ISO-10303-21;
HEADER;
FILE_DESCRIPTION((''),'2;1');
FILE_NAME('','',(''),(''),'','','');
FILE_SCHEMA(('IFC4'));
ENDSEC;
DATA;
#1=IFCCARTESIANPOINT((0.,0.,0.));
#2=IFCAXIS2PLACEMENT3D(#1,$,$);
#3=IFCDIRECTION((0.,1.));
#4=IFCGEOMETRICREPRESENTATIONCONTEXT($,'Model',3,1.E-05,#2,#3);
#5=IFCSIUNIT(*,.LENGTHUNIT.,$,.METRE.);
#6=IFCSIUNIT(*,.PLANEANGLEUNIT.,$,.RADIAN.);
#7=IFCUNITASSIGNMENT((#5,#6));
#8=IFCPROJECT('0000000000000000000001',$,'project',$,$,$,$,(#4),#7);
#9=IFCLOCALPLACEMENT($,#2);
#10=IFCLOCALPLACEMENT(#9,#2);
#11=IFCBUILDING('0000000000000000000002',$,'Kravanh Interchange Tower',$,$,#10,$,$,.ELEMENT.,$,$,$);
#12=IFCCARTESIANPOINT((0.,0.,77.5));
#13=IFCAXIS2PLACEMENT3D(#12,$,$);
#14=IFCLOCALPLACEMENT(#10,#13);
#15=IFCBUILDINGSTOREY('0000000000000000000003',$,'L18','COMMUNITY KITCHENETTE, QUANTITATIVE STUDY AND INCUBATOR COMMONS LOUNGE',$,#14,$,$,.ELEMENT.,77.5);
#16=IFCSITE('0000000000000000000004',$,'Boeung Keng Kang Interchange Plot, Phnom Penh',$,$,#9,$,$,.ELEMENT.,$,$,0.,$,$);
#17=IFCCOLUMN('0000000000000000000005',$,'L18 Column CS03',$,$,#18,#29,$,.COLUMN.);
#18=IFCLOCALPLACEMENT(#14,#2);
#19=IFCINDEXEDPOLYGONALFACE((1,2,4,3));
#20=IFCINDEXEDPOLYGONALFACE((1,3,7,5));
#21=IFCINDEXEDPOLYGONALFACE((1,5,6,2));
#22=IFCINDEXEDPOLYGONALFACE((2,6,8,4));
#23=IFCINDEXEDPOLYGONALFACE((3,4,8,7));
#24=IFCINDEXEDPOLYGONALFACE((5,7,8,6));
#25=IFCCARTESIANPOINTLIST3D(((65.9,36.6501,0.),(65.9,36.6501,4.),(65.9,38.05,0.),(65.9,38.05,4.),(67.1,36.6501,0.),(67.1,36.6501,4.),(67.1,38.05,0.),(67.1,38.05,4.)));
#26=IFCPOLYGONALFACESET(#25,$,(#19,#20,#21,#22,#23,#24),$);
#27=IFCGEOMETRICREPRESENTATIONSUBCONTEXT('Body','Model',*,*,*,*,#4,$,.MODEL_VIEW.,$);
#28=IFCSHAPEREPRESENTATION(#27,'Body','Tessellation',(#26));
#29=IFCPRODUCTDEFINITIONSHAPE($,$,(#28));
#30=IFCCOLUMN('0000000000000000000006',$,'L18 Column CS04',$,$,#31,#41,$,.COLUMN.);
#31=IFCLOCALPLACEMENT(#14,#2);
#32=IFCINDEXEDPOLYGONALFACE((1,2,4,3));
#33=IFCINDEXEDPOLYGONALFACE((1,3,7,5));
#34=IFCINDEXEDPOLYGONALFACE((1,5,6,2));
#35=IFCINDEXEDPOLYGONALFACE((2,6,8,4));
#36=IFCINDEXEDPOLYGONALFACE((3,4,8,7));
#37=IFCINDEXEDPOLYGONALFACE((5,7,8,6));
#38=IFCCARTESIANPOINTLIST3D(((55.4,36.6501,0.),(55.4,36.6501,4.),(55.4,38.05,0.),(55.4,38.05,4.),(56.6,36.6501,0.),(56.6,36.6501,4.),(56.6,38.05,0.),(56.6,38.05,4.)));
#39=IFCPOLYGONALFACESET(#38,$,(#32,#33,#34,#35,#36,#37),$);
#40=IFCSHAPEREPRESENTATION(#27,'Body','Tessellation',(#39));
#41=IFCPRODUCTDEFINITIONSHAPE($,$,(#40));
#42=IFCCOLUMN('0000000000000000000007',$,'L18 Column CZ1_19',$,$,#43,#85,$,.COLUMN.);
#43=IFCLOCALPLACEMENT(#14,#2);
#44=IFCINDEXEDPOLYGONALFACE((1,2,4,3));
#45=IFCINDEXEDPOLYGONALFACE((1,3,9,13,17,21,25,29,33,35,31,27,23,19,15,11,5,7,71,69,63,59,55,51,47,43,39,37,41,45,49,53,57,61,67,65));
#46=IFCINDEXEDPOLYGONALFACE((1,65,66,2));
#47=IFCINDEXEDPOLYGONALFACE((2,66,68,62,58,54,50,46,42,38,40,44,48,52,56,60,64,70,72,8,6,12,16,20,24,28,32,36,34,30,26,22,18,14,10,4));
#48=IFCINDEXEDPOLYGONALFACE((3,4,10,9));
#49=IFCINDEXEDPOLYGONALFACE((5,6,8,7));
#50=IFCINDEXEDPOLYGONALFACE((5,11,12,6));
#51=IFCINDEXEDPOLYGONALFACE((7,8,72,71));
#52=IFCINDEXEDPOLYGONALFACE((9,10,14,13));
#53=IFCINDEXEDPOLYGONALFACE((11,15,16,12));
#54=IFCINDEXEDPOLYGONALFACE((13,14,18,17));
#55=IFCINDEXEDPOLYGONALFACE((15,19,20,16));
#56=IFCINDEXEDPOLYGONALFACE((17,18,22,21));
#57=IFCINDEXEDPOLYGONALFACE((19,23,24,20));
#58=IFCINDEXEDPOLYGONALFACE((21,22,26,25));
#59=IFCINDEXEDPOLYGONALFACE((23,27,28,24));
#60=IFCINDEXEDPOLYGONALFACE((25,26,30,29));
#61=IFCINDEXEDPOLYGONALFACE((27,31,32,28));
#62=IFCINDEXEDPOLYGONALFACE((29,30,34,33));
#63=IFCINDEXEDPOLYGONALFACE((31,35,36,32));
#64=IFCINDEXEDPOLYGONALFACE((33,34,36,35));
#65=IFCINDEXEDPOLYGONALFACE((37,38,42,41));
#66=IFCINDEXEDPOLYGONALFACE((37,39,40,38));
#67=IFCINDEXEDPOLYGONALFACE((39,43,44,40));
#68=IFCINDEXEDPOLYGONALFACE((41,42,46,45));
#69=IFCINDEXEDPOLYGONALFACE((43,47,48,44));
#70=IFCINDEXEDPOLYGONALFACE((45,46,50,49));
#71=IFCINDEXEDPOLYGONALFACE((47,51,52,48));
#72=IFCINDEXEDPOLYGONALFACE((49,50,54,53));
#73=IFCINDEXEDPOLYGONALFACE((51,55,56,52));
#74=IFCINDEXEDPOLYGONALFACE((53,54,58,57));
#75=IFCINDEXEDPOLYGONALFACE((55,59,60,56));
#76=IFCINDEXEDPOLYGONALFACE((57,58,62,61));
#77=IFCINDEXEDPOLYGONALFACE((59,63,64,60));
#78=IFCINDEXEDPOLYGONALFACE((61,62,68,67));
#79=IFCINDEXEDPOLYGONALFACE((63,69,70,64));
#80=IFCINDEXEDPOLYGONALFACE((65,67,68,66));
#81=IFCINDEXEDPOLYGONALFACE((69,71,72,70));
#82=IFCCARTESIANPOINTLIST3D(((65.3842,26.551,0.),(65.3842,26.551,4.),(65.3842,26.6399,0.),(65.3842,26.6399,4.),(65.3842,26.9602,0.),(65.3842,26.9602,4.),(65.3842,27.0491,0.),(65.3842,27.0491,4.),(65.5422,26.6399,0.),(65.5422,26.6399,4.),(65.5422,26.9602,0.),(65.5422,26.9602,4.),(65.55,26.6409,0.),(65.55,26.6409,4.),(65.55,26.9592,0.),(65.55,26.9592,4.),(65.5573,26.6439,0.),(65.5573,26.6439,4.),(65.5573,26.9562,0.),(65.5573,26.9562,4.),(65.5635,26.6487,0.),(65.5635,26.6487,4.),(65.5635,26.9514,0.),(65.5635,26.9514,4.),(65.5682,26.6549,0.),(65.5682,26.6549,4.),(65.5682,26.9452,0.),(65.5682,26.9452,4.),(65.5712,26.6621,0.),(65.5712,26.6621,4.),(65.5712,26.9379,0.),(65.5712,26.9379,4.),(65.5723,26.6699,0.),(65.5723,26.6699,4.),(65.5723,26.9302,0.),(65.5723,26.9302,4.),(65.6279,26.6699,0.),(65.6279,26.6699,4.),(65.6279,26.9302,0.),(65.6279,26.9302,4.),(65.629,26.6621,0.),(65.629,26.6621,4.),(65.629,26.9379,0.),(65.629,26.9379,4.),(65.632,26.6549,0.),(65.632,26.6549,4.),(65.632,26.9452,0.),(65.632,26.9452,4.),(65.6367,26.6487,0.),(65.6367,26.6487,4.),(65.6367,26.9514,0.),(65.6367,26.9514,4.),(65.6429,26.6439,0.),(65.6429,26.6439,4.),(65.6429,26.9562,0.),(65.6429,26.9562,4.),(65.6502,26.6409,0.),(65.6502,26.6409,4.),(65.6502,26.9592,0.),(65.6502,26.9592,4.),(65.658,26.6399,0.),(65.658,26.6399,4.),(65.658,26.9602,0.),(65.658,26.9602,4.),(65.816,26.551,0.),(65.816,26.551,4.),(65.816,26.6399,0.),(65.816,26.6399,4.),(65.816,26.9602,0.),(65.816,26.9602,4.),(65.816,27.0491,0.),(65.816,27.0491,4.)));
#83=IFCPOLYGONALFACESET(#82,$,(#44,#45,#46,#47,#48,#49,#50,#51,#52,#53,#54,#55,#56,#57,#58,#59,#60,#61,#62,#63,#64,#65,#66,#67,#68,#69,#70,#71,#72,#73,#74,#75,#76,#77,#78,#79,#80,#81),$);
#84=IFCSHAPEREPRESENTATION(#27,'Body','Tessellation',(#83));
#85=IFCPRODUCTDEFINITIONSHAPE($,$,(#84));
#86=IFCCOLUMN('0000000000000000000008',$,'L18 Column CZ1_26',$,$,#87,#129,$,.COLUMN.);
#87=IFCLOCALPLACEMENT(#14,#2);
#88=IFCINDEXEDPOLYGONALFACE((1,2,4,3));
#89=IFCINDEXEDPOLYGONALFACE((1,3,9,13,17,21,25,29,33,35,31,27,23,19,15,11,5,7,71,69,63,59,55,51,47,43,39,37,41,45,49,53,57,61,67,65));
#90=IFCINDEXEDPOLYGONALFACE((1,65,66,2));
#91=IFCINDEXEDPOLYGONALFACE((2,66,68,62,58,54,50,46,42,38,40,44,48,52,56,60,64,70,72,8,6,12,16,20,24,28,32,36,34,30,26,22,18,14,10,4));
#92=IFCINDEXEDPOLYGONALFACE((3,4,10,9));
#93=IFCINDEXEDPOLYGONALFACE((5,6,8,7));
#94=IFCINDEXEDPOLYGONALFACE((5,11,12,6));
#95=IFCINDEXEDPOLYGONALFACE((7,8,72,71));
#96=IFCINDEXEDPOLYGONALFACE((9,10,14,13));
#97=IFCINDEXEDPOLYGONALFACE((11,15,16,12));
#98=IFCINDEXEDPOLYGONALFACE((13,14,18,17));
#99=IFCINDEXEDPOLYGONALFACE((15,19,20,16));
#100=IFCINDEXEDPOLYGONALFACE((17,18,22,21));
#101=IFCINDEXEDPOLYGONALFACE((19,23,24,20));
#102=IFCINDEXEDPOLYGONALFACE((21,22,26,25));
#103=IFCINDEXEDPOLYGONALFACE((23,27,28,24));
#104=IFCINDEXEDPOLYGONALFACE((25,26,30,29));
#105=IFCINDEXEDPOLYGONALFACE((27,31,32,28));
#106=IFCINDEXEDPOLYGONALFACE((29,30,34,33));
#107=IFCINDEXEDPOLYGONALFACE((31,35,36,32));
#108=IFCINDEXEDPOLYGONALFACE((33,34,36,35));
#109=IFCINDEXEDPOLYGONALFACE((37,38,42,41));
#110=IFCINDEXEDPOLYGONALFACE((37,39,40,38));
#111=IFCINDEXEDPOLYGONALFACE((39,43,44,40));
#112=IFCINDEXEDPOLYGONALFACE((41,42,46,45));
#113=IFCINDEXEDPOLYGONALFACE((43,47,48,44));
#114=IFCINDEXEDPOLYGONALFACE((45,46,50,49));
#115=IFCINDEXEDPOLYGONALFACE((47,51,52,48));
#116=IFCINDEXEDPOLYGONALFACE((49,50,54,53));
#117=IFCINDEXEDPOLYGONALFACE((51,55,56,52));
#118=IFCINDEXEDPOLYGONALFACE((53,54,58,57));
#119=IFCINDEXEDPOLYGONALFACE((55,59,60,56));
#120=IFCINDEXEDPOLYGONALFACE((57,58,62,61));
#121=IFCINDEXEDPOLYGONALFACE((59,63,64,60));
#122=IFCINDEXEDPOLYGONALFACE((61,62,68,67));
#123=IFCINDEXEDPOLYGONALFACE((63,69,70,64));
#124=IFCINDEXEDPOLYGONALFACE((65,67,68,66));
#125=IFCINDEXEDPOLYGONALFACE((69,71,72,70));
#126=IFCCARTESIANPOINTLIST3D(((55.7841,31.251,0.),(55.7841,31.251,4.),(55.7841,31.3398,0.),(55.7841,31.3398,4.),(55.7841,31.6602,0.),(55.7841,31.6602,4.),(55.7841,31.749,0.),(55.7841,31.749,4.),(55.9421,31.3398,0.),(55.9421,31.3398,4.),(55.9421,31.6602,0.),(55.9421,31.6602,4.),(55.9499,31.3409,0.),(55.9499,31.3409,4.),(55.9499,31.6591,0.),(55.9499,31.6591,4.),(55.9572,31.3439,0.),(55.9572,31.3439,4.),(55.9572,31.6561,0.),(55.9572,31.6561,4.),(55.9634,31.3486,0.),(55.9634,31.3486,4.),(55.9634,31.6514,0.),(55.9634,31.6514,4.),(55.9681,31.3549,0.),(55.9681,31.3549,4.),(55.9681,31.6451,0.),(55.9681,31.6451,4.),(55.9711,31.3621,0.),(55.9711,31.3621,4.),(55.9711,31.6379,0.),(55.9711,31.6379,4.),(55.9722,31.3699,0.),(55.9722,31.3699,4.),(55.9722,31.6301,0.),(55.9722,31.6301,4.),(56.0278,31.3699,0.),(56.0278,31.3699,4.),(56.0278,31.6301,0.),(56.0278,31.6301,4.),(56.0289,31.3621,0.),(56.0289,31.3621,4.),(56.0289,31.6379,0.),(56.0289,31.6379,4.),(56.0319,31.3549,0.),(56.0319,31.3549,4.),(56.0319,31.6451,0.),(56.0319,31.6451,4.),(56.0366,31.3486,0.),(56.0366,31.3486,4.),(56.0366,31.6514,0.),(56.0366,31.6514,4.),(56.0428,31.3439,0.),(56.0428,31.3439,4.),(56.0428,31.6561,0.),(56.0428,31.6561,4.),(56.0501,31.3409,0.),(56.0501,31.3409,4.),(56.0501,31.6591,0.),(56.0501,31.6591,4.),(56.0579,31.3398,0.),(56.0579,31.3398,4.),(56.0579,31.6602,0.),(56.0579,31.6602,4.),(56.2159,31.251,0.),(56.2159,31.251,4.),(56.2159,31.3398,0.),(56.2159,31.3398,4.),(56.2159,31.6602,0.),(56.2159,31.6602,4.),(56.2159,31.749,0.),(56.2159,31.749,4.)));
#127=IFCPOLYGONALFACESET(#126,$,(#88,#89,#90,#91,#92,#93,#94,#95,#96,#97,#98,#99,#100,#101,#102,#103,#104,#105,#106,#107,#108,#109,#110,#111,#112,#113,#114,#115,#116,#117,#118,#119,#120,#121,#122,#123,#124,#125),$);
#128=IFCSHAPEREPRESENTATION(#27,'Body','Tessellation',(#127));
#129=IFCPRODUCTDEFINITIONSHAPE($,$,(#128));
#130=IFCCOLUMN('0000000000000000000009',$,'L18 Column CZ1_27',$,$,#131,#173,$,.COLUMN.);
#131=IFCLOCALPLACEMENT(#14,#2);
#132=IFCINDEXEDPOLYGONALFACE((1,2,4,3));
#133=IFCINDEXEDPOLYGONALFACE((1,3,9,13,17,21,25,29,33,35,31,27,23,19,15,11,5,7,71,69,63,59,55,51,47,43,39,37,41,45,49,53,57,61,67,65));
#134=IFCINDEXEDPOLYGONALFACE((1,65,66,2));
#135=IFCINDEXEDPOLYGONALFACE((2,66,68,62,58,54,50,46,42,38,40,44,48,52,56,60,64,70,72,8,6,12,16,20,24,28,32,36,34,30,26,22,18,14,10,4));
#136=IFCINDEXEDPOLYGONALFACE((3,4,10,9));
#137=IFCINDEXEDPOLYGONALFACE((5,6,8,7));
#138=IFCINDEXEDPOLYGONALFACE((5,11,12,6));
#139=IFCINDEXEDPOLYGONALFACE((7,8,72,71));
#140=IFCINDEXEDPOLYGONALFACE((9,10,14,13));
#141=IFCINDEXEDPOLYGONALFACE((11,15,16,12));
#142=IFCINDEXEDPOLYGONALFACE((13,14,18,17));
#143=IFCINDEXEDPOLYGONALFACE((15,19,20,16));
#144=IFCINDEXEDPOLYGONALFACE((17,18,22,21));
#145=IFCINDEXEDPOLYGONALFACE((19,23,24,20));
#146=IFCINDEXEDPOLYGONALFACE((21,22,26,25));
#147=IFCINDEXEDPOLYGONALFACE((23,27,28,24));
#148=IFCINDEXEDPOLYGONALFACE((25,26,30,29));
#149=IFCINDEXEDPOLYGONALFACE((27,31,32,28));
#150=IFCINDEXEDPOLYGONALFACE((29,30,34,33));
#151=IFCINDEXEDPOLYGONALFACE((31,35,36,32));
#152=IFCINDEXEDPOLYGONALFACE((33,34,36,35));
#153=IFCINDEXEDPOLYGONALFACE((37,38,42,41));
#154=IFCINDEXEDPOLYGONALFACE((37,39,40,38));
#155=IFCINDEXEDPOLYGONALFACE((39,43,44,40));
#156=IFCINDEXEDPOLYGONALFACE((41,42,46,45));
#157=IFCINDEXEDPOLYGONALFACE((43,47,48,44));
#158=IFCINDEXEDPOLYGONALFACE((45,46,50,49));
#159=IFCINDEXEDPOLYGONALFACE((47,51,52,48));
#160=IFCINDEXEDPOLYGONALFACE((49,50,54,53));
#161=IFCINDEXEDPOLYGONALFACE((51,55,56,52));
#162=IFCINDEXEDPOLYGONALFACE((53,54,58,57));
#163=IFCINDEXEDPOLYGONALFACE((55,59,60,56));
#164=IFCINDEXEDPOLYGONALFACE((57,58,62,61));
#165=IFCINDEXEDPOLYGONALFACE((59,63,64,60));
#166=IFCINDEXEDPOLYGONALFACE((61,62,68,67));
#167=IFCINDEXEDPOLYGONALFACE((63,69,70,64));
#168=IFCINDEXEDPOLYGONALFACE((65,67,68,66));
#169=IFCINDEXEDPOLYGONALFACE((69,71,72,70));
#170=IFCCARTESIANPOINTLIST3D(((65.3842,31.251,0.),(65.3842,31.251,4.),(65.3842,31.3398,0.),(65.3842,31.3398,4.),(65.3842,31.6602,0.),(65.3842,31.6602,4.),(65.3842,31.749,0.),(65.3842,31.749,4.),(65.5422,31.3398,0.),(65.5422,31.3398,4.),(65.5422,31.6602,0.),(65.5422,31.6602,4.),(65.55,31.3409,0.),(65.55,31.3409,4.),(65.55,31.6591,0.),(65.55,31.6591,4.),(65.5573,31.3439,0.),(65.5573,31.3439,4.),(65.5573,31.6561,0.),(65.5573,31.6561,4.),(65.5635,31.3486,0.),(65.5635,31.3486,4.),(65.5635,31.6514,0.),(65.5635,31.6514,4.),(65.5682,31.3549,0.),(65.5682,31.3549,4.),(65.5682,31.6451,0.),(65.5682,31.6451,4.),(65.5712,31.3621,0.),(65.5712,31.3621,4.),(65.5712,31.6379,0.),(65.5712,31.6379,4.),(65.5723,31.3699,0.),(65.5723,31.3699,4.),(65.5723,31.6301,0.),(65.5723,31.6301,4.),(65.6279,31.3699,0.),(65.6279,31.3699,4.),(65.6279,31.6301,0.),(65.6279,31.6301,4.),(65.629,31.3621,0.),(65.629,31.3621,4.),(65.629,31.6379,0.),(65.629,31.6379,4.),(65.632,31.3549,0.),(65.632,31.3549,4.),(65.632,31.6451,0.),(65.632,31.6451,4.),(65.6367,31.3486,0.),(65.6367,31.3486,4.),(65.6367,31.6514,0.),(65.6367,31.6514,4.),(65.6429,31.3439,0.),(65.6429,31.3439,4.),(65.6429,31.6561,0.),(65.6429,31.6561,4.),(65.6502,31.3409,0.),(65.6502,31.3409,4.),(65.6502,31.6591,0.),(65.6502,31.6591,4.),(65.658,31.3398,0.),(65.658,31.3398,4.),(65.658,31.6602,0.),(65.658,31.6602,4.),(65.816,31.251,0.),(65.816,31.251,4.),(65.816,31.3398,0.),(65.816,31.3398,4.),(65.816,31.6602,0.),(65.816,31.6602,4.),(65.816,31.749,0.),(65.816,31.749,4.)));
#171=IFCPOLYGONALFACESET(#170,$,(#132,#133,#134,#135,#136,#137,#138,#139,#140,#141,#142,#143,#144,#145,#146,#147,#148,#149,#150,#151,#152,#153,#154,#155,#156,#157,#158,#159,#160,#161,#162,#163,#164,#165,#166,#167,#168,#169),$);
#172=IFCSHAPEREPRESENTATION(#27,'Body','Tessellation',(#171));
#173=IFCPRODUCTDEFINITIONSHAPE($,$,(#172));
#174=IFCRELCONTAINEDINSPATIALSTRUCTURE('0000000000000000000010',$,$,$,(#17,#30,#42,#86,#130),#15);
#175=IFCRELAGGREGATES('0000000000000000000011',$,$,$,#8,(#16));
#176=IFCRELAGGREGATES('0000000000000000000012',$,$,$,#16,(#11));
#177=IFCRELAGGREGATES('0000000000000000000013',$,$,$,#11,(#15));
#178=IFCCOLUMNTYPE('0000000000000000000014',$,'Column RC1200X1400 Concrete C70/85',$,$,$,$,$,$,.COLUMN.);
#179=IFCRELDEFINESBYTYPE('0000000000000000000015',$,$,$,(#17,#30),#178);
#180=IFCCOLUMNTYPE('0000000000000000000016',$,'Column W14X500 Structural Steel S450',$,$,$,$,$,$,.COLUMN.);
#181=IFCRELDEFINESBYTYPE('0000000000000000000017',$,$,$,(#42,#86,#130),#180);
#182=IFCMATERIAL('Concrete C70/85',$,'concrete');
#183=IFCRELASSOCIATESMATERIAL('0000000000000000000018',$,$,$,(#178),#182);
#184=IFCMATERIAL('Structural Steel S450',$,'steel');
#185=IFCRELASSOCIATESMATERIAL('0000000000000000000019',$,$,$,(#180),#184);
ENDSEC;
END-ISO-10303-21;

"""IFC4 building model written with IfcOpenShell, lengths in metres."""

from ifc_helpers import new_model, si_unit, direction, frame, origin, origin_2d, place, context, subcontext, project, spatial, rectangle, i_section, extrude, material, material_profile, profile_set, type_object, element, save


model = new_model("IFC4")

# Units and contexts
model_context = context("Model", 3, precision=1e-05, world=origin(), true_north=direction((0.0, 1.0)))
body_context = subcontext(model_context, "Body", "Model", "MODEL_VIEW")
ifc_project = project(units=[si_unit("LENGTHUNIT", "METRE"), si_unit("PLANEANGLEUNIT", "RADIAN")], contexts=[model_context])

# Site, building, storey
site_placement = place(None, origin())
site = spatial("IfcSite", under=ifc_project, at=site_placement, Name="Boeung Keng Kang Interchange Plot, Phnom Penh", CompositionType="ELEMENT", RefElevation=0.0)
building_placement = place(site_placement, origin())
building = spatial("IfcBuilding", under=site, at=building_placement, Name="Kravanh Interchange Tower", CompositionType="ELEMENT")
storey_placement = place(building_placement, frame((0.0, 0.0, 77.5)))
storey = spatial("IfcBuildingStorey", under=building, at=storey_placement, Name="L18", Description="COMMUNITY KITCHENETTE, QUANTITATIVE STUDY AND INCUBATOR COMMONS LOUNGE", CompositionType="ELEMENT", Elevation=77.5)

# Columns
ifc_material_1 = material(Name="Concrete C70/85", Category="concrete")
ifc_material_profile_1 = material_profile(ifc_material_1, rectangle(XDim=1.2, YDim=1.3999, at=origin_2d()), Name="RC1200X1400")
ifc_profile_set_1 = profile_set([ifc_material_profile_1], Name="Concrete C70/85")
column_type_1 = type_object("IfcColumnType", Name="Column RC1200X1400 Concrete C70/85", PredefinedType="COLUMN", material=ifc_profile_set_1)
for number, where, z_axis, x_axis, name in (
    (1, (66.5, 37.3501, 0.0), (0.0, 0.0, 1.0), (1.0, 0.0, 0.0), "L18 Column CS03"),
    (2, (56.0, 37.3501, 0.0), (0.0, 0.0, 1.0), (1.0, 0.0, 0.0), "L18 Column CS04"),
):
    element("IfcColumn", number, at=place(storey_placement, frame(where, z_axis=z_axis, x_axis=x_axis)), inside=storey, type_object=column_type_1, Name=name, PredefinedType="COLUMN", context=body_context, shape_type="SweptSolid", body=[
        extrude(rectangle(XDim=1.2, YDim=1.3999, at=origin_2d()), origin(), (0.0, 0.0, 1.0), 4.0),
    ])
ifc_material_2 = material(Name="Structural Steel S450", Category="steel")
ifc_material_profile_2 = material_profile(ifc_material_2, i_section(OverallWidth=0.4319, OverallDepth=0.498, WebThickness=0.0557, FlangeThickness=0.0889, FilletRadius=0.03, at=origin_2d()), Name="W14X500")
ifc_profile_set_2 = profile_set([ifc_material_profile_2], Name="Structural Steel S450")
column_type_2 = type_object("IfcColumnType", Name="Column W14X500 Structural Steel S450", PredefinedType="COLUMN", material=ifc_profile_set_2)
for number, where, z_axis, x_axis, name in (
    (3, (65.6001, 26.8, 0.0), (0.0, 0.0, 1.0), (1.0, 0.0, 0.0), "L18 Column CZ1_19"),
    (4, (56.0, 31.5, 0.0), (0.0, 0.0, 1.0), (1.0, 0.0, 0.0), "L18 Column CZ1_26"),
    (5, (65.6001, 31.5, 0.0), (0.0, 0.0, 1.0), (1.0, 0.0, 0.0), "L18 Column CZ1_27"),
):
    element("IfcColumn", number, at=place(storey_placement, frame(where, z_axis=z_axis, x_axis=x_axis)), inside=storey, type_object=column_type_2, Name=name, PredefinedType="COLUMN", context=body_context, shape_type="SweptSolid", body=[
        extrude(i_section(OverallWidth=0.4319, OverallDepth=0.498, WebThickness=0.0557, FlangeThickness=0.0889, FilletRadius=0.03, at=origin_2d()), origin(), (0.0, 0.0, 1.0), 4.0),
    ])

save(model, "model.ifc")
